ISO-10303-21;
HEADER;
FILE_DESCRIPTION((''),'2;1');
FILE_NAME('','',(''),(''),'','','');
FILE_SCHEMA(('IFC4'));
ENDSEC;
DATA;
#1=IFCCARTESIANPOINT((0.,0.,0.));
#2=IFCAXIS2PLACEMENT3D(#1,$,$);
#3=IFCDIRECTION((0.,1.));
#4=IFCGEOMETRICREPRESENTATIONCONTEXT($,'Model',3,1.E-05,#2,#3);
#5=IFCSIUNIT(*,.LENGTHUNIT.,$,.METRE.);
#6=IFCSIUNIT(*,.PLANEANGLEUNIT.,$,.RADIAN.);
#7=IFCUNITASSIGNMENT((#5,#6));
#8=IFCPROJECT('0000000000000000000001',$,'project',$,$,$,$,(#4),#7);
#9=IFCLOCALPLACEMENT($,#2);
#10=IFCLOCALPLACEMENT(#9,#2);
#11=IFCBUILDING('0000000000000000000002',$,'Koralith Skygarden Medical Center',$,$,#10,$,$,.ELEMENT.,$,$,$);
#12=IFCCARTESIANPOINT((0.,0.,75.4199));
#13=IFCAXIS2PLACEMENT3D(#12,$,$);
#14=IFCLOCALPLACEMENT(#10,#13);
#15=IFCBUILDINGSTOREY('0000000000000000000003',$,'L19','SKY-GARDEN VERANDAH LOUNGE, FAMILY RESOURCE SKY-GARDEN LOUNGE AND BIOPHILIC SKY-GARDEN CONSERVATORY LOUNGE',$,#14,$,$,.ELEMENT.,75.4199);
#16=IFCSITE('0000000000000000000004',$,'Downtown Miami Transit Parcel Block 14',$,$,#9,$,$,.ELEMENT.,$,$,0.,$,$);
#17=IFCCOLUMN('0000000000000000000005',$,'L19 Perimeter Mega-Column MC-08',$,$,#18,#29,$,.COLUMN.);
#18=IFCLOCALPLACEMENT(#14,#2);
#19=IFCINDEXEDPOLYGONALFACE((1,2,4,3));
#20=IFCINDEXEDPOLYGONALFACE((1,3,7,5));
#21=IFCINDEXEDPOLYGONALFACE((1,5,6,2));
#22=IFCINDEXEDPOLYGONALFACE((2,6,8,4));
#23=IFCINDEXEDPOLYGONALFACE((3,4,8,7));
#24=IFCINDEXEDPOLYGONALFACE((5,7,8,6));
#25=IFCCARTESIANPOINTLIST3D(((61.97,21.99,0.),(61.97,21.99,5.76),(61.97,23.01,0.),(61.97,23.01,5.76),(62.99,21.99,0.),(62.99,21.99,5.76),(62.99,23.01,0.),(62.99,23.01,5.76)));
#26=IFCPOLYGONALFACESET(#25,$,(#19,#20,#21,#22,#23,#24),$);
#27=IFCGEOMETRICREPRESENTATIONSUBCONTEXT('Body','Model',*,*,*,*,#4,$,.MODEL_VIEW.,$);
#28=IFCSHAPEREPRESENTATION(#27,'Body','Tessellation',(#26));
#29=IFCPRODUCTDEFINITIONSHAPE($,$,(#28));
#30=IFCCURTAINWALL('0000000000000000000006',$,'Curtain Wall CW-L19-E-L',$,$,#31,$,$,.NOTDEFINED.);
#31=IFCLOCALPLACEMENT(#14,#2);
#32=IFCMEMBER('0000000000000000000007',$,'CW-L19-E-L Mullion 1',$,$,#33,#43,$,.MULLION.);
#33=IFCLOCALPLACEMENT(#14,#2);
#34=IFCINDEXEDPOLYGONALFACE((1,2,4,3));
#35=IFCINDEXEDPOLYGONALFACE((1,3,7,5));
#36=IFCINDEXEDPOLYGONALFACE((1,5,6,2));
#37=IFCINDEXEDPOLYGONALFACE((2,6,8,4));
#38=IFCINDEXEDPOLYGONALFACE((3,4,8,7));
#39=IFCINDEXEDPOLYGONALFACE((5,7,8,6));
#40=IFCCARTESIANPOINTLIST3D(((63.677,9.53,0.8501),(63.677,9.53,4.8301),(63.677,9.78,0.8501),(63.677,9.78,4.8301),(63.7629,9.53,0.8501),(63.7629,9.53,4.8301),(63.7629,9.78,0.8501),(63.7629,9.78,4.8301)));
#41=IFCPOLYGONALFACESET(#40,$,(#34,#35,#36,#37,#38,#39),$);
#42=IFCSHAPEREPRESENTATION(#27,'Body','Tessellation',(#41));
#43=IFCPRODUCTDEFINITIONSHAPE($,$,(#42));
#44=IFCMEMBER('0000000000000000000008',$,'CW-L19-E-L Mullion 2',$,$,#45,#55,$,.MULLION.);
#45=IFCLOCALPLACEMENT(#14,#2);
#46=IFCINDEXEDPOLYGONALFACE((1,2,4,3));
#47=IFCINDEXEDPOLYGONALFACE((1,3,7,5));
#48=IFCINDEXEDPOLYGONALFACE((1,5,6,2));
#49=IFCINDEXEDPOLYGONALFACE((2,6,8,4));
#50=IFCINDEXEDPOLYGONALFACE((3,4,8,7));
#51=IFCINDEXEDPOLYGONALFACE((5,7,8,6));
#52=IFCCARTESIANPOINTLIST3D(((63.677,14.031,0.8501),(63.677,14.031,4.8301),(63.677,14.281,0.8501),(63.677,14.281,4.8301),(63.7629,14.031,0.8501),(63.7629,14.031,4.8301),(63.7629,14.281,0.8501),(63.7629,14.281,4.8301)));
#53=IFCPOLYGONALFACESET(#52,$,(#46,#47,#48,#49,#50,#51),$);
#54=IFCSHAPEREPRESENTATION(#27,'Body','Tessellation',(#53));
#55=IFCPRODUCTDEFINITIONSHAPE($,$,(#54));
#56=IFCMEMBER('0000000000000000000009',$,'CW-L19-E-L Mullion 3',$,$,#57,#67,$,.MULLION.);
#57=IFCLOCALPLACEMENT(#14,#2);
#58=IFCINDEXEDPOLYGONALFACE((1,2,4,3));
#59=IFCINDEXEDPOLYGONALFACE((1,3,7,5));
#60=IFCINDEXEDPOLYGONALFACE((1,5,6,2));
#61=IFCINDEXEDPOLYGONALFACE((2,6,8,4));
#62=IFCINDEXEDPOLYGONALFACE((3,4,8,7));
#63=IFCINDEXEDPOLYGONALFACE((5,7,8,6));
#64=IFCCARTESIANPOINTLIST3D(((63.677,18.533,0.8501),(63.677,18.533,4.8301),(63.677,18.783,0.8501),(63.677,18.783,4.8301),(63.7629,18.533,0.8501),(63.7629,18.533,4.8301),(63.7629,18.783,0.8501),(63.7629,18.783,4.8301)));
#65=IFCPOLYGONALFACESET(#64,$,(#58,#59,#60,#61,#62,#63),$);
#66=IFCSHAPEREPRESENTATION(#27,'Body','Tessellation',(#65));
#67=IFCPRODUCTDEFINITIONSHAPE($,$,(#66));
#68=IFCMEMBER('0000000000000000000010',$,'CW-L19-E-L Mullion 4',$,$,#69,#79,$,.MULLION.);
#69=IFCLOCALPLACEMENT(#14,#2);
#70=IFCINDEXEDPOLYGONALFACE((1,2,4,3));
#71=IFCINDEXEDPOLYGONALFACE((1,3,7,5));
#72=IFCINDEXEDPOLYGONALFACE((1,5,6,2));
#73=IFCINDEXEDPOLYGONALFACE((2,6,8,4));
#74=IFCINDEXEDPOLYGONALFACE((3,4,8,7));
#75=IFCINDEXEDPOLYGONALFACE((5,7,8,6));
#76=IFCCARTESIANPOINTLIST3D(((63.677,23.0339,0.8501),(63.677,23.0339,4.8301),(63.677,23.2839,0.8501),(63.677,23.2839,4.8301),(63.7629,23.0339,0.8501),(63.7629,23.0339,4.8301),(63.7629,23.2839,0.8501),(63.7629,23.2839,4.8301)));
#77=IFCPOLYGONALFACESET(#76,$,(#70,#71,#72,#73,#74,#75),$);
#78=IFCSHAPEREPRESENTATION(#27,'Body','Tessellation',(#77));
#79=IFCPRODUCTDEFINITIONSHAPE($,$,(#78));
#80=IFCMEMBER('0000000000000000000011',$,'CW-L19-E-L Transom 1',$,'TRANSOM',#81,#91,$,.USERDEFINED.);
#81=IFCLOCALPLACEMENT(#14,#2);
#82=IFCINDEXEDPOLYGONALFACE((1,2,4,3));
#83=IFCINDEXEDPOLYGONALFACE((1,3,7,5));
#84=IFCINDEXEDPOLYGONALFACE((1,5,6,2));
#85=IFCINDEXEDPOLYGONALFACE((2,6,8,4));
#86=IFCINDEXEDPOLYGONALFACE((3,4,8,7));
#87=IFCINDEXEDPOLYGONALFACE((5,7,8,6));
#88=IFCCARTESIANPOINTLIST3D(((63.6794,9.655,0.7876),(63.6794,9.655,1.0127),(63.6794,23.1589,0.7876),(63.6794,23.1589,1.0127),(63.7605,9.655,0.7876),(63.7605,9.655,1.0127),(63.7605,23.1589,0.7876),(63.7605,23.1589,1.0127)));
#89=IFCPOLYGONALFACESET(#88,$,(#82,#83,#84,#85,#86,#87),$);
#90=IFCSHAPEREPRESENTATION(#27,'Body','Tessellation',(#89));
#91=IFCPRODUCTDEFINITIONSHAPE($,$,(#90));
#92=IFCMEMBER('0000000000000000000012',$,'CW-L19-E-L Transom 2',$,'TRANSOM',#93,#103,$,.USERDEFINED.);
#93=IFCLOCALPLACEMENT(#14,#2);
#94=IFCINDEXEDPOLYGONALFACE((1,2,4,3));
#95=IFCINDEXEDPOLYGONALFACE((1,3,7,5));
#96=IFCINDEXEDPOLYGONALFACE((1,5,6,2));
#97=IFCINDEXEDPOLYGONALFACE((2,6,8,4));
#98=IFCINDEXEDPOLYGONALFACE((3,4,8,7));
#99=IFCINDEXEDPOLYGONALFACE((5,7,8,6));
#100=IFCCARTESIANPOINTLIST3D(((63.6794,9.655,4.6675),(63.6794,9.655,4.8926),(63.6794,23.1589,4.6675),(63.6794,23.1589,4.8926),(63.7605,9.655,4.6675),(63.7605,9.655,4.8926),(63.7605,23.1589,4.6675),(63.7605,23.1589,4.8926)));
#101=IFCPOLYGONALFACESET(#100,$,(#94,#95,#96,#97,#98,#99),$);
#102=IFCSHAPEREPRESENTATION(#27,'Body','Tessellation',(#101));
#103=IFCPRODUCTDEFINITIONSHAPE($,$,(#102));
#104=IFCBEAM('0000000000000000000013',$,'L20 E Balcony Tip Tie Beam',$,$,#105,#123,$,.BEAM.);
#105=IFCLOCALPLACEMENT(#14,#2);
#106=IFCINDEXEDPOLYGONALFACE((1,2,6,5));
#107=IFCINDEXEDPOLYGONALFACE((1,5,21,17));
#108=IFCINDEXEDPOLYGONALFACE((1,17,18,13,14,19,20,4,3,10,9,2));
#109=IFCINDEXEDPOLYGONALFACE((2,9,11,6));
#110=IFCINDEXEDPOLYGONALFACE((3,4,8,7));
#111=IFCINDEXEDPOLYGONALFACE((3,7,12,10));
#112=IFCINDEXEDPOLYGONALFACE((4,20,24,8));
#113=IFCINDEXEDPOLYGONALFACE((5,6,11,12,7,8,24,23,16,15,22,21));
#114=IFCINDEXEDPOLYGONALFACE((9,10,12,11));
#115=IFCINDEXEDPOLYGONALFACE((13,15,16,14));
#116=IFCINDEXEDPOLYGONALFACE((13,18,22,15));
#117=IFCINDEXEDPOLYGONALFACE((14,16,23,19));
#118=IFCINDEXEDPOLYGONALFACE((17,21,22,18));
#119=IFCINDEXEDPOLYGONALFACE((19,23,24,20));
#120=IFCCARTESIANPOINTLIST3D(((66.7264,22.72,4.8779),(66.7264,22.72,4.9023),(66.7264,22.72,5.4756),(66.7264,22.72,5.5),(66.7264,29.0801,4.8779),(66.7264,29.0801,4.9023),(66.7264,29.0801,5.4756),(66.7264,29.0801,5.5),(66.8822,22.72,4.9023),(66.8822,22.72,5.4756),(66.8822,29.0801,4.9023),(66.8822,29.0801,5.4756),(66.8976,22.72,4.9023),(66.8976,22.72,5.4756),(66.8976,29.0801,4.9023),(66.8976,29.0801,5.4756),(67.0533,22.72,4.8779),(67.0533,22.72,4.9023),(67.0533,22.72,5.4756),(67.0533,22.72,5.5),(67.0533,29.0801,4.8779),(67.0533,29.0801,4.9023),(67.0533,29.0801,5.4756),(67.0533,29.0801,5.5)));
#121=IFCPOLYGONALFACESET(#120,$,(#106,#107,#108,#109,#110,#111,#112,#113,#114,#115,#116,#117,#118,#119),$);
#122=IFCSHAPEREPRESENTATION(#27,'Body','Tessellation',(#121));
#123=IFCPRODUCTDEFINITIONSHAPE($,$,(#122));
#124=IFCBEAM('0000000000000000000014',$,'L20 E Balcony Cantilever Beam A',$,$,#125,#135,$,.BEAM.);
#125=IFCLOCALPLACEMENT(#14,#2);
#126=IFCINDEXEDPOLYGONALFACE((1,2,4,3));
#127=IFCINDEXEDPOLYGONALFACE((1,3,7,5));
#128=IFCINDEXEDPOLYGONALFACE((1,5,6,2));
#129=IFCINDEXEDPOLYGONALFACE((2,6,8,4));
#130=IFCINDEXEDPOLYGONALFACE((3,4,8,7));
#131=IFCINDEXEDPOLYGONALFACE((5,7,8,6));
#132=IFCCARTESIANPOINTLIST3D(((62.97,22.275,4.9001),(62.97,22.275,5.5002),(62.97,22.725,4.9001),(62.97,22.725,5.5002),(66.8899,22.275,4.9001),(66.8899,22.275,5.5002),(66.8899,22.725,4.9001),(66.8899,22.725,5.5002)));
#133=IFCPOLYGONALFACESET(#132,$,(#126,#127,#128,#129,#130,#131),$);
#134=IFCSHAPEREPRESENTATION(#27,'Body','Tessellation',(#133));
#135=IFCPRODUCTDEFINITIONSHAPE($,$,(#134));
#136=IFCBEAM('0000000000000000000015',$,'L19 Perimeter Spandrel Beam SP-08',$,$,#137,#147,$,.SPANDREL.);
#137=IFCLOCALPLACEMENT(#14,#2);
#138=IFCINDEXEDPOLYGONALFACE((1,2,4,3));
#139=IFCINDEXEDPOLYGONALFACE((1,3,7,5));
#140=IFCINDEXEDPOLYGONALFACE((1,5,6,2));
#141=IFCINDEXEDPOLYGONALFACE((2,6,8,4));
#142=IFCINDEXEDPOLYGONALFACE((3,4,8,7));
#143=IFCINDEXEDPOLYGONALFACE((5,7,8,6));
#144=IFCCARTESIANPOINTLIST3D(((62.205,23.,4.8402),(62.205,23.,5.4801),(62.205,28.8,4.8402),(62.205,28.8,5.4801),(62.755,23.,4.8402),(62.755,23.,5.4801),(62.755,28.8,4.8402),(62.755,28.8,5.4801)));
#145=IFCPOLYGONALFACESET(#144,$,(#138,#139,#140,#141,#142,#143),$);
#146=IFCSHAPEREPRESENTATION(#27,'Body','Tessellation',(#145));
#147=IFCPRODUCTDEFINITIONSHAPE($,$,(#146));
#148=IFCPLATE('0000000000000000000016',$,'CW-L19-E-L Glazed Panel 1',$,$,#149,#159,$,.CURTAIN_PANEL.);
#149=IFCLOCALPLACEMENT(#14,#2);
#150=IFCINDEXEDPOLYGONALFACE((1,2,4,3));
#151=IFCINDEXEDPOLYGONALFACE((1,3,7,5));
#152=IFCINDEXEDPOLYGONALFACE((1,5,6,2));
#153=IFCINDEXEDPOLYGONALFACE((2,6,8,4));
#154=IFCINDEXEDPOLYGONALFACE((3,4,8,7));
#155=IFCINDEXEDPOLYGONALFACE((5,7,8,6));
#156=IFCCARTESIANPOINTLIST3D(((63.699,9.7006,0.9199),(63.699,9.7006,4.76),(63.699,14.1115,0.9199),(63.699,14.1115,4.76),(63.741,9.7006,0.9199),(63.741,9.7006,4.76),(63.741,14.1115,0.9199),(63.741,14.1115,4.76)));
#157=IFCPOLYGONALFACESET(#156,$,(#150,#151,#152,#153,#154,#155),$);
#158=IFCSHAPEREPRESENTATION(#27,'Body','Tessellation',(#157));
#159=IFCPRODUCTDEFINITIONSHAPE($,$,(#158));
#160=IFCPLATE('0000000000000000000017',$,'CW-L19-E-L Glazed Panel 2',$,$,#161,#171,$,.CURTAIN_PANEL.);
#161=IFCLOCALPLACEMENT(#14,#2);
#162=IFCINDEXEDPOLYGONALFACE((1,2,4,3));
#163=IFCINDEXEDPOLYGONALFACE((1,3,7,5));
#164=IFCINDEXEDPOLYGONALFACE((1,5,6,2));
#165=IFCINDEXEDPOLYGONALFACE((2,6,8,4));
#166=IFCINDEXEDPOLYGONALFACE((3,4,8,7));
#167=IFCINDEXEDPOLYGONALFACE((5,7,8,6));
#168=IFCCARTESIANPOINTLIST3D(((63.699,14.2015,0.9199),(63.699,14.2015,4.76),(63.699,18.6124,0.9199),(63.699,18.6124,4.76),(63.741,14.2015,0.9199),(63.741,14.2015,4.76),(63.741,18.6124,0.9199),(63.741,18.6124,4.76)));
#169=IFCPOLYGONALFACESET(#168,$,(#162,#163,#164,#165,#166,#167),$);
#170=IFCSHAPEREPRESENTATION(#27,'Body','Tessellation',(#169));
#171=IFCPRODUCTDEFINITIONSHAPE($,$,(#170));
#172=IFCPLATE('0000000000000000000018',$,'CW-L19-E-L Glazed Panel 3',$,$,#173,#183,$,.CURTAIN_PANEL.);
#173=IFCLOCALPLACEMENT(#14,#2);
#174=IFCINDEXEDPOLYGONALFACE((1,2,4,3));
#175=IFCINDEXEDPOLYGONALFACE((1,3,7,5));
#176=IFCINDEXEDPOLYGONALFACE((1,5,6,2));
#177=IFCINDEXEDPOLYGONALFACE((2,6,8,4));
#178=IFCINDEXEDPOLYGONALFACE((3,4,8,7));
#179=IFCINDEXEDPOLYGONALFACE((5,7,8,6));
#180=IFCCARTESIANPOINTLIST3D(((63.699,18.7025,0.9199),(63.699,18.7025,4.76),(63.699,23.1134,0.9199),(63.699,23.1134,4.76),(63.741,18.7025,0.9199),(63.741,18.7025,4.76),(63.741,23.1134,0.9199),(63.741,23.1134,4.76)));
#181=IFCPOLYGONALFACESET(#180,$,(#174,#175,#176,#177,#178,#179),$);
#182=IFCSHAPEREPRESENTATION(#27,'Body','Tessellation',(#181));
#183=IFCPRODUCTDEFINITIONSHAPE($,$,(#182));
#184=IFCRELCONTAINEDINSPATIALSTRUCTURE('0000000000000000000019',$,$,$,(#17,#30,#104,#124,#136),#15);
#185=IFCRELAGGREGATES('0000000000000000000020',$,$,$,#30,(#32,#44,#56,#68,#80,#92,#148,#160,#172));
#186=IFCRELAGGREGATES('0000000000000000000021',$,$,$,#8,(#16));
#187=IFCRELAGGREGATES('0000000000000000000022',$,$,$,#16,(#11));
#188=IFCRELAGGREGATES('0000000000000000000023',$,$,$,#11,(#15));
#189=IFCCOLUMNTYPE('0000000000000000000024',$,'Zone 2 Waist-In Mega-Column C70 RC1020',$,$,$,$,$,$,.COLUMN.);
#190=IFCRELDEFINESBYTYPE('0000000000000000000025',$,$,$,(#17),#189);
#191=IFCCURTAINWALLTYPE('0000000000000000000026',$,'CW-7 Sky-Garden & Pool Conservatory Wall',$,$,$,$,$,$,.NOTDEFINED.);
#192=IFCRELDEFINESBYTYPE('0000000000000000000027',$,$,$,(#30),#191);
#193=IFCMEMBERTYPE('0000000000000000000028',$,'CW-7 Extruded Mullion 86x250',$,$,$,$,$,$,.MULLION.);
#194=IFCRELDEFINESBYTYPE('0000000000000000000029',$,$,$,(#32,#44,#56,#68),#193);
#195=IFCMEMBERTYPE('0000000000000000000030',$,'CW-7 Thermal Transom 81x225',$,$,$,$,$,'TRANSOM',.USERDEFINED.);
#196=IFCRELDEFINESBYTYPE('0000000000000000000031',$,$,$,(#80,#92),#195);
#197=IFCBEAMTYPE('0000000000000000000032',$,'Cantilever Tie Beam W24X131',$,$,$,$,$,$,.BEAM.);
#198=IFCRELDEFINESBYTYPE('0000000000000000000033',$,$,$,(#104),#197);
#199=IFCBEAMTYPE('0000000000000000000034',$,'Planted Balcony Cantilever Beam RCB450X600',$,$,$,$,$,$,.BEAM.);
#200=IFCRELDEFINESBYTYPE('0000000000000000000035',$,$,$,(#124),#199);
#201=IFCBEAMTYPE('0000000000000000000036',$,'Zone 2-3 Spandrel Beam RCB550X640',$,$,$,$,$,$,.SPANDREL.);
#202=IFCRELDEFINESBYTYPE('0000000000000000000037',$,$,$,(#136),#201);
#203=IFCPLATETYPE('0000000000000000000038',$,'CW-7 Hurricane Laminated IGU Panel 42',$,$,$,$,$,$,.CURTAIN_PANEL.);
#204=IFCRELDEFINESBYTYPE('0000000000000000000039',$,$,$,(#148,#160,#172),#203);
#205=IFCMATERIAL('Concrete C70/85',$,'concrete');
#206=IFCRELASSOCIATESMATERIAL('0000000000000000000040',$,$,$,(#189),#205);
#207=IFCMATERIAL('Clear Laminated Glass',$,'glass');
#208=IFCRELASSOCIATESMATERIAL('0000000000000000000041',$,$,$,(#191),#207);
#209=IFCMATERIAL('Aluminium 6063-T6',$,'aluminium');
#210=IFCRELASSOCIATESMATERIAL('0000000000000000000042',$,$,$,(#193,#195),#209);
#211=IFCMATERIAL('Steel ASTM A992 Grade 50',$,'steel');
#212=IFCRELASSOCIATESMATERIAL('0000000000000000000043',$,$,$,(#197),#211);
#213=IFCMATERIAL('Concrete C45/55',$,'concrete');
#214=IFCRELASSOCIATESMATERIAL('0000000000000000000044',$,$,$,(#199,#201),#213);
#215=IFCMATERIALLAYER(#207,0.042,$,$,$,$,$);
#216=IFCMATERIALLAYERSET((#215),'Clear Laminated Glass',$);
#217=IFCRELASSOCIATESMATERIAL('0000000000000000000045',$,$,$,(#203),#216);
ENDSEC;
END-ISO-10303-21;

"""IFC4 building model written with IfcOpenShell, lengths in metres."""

from ifc_helpers import new_model, si_unit, direction, frame, origin, origin_2d, place, context, subcontext, project, spatial, rectangle, i_section, extrude, material, layer, layer_set, material_profile, profile_set, type_object, element, aggregate, save


model = new_model("IFC4")

# Units and contexts
model_context = context("Model", 3, precision=1e-05, world=origin(), true_north=direction((0.0, 1.0)))
body_context = subcontext(model_context, "Body", "Model", "MODEL_VIEW")
ifc_project = project(units=[si_unit("LENGTHUNIT", "METRE"), si_unit("PLANEANGLEUNIT", "RADIAN")], contexts=[model_context])

# Site, building, storey
site_placement = place(None, origin())
site = spatial("IfcSite", under=ifc_project, at=site_placement, Name="Downtown Miami Transit Parcel Block 14", CompositionType="ELEMENT", RefElevation=0.0)
building_placement = place(site_placement, origin())
building = spatial("IfcBuilding", under=site, at=building_placement, Name="Koralith Skygarden Medical Center", CompositionType="ELEMENT")
storey_placement = place(building_placement, frame((0.0, 0.0, 75.4199)))
storey = spatial("IfcBuildingStorey", under=building, at=storey_placement, Name="L19", Description="SKY-GARDEN VERANDAH LOUNGE, FAMILY RESOURCE SKY-GARDEN LOUNGE AND BIOPHILIC SKY-GARDEN CONSERVATORY LOUNGE", CompositionType="ELEMENT", Elevation=75.4199)

# Column
ifc_material_1 = material(Name="Concrete C70/85", Category="concrete")
ifc_material_profile_1 = material_profile(ifc_material_1, rectangle(XDim=1.02, YDim=1.02, at=origin_2d()), Name="RC1020X1020")
ifc_profile_set_1 = profile_set([ifc_material_profile_1], Name="Concrete C70/85")
column_type = type_object("IfcColumnType", Name="Zone 2 Waist-In Mega-Column C70 RC1020", PredefinedType="COLUMN", material=ifc_profile_set_1)
column_placement = place(storey_placement, frame((62.48, 22.5, 0.0), z_axis=(0.0, 0.0, 1.0), x_axis=(1.0, 0.0, 0.0)))
element("IfcColumn", 1, at=column_placement, inside=storey, type_object=column_type, Name="L19 Perimeter Mega-Column MC-08", PredefinedType="COLUMN", context=body_context, shape_type="SweptSolid", body=[
    extrude(rectangle(XDim=1.02, YDim=1.02, at=origin_2d()), origin(), (0.0, 0.0, 1.0), 5.76),
])

# Curtain wall, members
ifc_material_2 = material(Name="Clear Laminated Glass", Category="glass")
curtain_wall_type = type_object("IfcCurtainWallType", Name="CW-7 Sky-Garden & Pool Conservatory Wall", PredefinedType="NOTDEFINED", material=ifc_material_2)
curtain_wall_placement = place(storey_placement, origin())
curtain_wall = element("IfcCurtainWall", 2, at=curtain_wall_placement, inside=storey, type_object=curtain_wall_type, Name="Curtain Wall CW-L19-E-L", PredefinedType="NOTDEFINED")
ifc_material_3 = material(Name="Aluminium 6063-T6", Category="aluminium")
ifc_material_profile_2 = material_profile(ifc_material_3, rectangle(XDim=0.0859, YDim=0.25, at=origin_2d()), Name="MUL86X250")
ifc_profile_set_2 = profile_set([ifc_material_profile_2], Name="Aluminium 6063-T6")
member_type_1 = type_object("IfcMemberType", Name="CW-7 Extruded Mullion 86x250", PredefinedType="MULLION", material=ifc_profile_set_2)
member_1_placement = place(storey_placement, frame((63.72, 9.655, 0.8501), z_axis=(0.0, 0.0, 1.0), x_axis=(1.0, 0.0, 0.0)))
member_1 = element("IfcMember", 3, at=member_1_placement, type_object=member_type_1, Name="CW-L19-E-L Mullion 1", PredefinedType="MULLION", context=body_context, shape_type="SweptSolid", body=[
    extrude(rectangle(XDim=0.0859, YDim=0.25, at=origin_2d()), origin(), (0.0, 0.0, 1.0), 3.98),
])
member_2_placement = place(storey_placement, frame((63.72, 14.156, 0.8501), z_axis=(0.0, 0.0, 1.0), x_axis=(1.0, 0.0, 0.0)))
member_2 = element("IfcMember", 4, at=member_2_placement, type_object=member_type_1, Name="CW-L19-E-L Mullion 2", PredefinedType="MULLION", context=body_context, shape_type="SweptSolid", body=[
    extrude(rectangle(XDim=0.0859, YDim=0.25, at=origin_2d()), origin(), (0.0, 0.0, 1.0), 3.98),
])
member_3_placement = place(storey_placement, frame((63.72, 18.658, 0.8501), z_axis=(0.0, 0.0, 1.0), x_axis=(1.0, 0.0, 0.0)))
member_3 = element("IfcMember", 5, at=member_3_placement, type_object=member_type_1, Name="CW-L19-E-L Mullion 3", PredefinedType="MULLION", context=body_context, shape_type="SweptSolid", body=[
    extrude(rectangle(XDim=0.0859, YDim=0.25, at=origin_2d()), origin(), (0.0, 0.0, 1.0), 3.98),
])
member_4_placement = place(storey_placement, frame((63.72, 23.1589, 0.8501), z_axis=(0.0, 0.0, 1.0), x_axis=(1.0, 0.0, 0.0)))
member_4 = element("IfcMember", 6, at=member_4_placement, type_object=member_type_1, Name="CW-L19-E-L Mullion 4", PredefinedType="MULLION", context=body_context, shape_type="SweptSolid", body=[
    extrude(rectangle(XDim=0.0859, YDim=0.25, at=origin_2d()), origin(), (0.0, 0.0, 1.0), 3.98),
])
ifc_material_profile_3 = material_profile(ifc_material_3, rectangle(XDim=0.0811, YDim=0.2251, at=origin_2d()), Name="TRN81X225")
ifc_profile_set_3 = profile_set([ifc_material_profile_3], Name="Aluminium 6063-T6")
member_type_2 = type_object("IfcMemberType", Name="CW-7 Thermal Transom 81x225", ElementType="TRANSOM", PredefinedType="USERDEFINED", material=ifc_profile_set_3)
member_5_placement = place(storey_placement, frame((63.72, 9.655, 0.9001), z_axis=(0.0, 1.0, 0.0), x_axis=(-1.0, 0.0, 0.0)))
member_5 = element("IfcMember", 7, at=member_5_placement, type_object=member_type_2, Name="CW-L19-E-L Transom 1", ObjectType="TRANSOM", PredefinedType="USERDEFINED", context=body_context, shape_type="SweptSolid", body=[
    extrude(rectangle(XDim=0.0811, YDim=0.2251, at=origin_2d()), origin(), (0.0, 0.0, 1.0), 13.5039),
])
member_6_placement = place(storey_placement, frame((63.72, 9.655, 4.78), z_axis=(0.0, 1.0, 0.0), x_axis=(-1.0, 0.0, 0.0)))
member_6 = element("IfcMember", 8, at=member_6_placement, type_object=member_type_2, Name="CW-L19-E-L Transom 2", ObjectType="TRANSOM", PredefinedType="USERDEFINED", context=body_context, shape_type="SweptSolid", body=[
    extrude(rectangle(XDim=0.0811, YDim=0.2251, at=origin_2d()), origin(), (0.0, 0.0, 1.0), 13.5039),
])

# Beams
ifc_material_4 = material(Name="Steel ASTM A992 Grade 50", Category="steel")
ifc_material_profile_4 = material_profile(ifc_material_4, i_section(OverallWidth=0.3269, OverallDepth=0.6221, WebThickness=0.0154, FlangeThickness=0.0244, at=origin_2d()), Name="W24X131")
ifc_profile_set_4 = profile_set([ifc_material_profile_4], Name="Steel ASTM A992 Grade 50")
beam_type_1 = type_object("IfcBeamType", Name="Cantilever Tie Beam W24X131", PredefinedType="BEAM", material=ifc_profile_set_4)
beam_1_placement = place(storey_placement, frame((66.8899, 22.72, 5.189), z_axis=(0.0, 1.0, 0.0), x_axis=(-1.0, 0.0, 0.0)))
element("IfcBeam", 9, at=beam_1_placement, inside=storey, type_object=beam_type_1, Name="L20 E Balcony Tip Tie Beam", PredefinedType="BEAM", context=body_context, shape_type="SweptSolid", body=[
    extrude(i_section(OverallWidth=0.3269, OverallDepth=0.6221, WebThickness=0.0154, FlangeThickness=0.0244, at=origin_2d()), origin(), (0.0, 0.0, 1.0), 6.3601),
])
ifc_material_5 = material(Name="Concrete C45/55", Category="concrete")
ifc_material_profile_5 = material_profile(ifc_material_5, rectangle(XDim=0.45, YDim=0.6001, at=origin_2d()), Name="RCB450X600")
ifc_profile_set_5 = profile_set([ifc_material_profile_5], Name="Concrete C45/55")
beam_type_2 = type_object("IfcBeamType", Name="Planted Balcony Cantilever Beam RCB450X600", PredefinedType="BEAM", material=ifc_profile_set_5)
beam_2_placement = place(storey_placement, frame((62.97, 22.5, 5.2002), z_axis=(1.0, 0.0, 0.0), x_axis=(0.0, 1.0, 0.0)))
element("IfcBeam", 10, at=beam_2_placement, inside=storey, type_object=beam_type_2, Name="L20 E Balcony Cantilever Beam A", PredefinedType="BEAM", context=body_context, shape_type="SweptSolid", body=[
    extrude(rectangle(XDim=0.45, YDim=0.6001, at=origin_2d()), origin(), (0.0, 0.0, 1.0), 3.9199),
])
ifc_material_profile_6 = material_profile(ifc_material_5, rectangle(XDim=0.55, YDim=0.6399, at=origin_2d()), Name="RCB550X640")
ifc_profile_set_6 = profile_set([ifc_material_profile_6], Name="Concrete C45/55")
beam_type_3 = type_object("IfcBeamType", Name="Zone 2-3 Spandrel Beam RCB550X640", PredefinedType="SPANDREL", material=ifc_profile_set_6)
beam_3_placement = place(storey_placement, frame((62.48, 23.0, 5.1602), z_axis=(0.0, 1.0, 0.0), x_axis=(-1.0, 0.0, 0.0)))
element("IfcBeam", 11, at=beam_3_placement, inside=storey, type_object=beam_type_3, Name="L19 Perimeter Spandrel Beam SP-08", PredefinedType="SPANDREL", context=body_context, shape_type="SweptSolid", body=[
    extrude(rectangle(XDim=0.55, YDim=0.6399, at=origin_2d()), origin(), (0.0, 0.0, 1.0), 5.8),
])

# Plates
ifc_layer_1 = layer(ifc_material_2, 0.042)
ifc_layer_set_1 = layer_set([ifc_layer_1], Name="Clear Laminated Glass")
plate_type = type_object("IfcPlateType", Name="CW-7 Hurricane Laminated IGU Panel 42", PredefinedType="CURTAIN_PANEL", material=ifc_layer_set_1)
plate_1_placement = place(storey_placement, frame((63.72, 11.906, 0.9199), z_axis=(0.0, 0.0, 1.0), x_axis=(0.0, 1.0, 0.0)))
plate_1 = element("IfcPlate", 12, at=plate_1_placement, type_object=plate_type, Name="CW-L19-E-L Glazed Panel 1", PredefinedType="CURTAIN_PANEL", context=body_context, shape_type="SweptSolid", body=[
    extrude(rectangle(XDim=4.4109, YDim=0.042, at=origin_2d()), origin(), (0.0, 0.0, 1.0), 3.8401),
])
plate_2_placement = place(storey_placement, frame((63.72, 16.407, 0.9199), z_axis=(0.0, 0.0, 1.0), x_axis=(0.0, 1.0, 0.0)))
plate_2 = element("IfcPlate", 13, at=plate_2_placement, type_object=plate_type, Name="CW-L19-E-L Glazed Panel 2", PredefinedType="CURTAIN_PANEL", context=body_context, shape_type="SweptSolid", body=[
    extrude(rectangle(XDim=4.4109, YDim=0.042, at=origin_2d()), origin(), (0.0, 0.0, 1.0), 3.8401),
])
plate_3_placement = place(storey_placement, frame((63.72, 20.908, 0.9199), z_axis=(0.0, 0.0, 1.0), x_axis=(0.0, 1.0, 0.0)))
plate_3 = element("IfcPlate", 14, at=plate_3_placement, type_object=plate_type, Name="CW-L19-E-L Glazed Panel 3", PredefinedType="CURTAIN_PANEL", context=body_context, shape_type="SweptSolid", body=[
    extrude(rectangle(XDim=4.4109, YDim=0.042, at=origin_2d()), origin(), (0.0, 0.0, 1.0), 3.8401),
])
aggregate(curtain_wall, [member_1, member_2, member_3, member_4, member_5, member_6, plate_1, plate_2, plate_3])

save(model, "model.ifc")
